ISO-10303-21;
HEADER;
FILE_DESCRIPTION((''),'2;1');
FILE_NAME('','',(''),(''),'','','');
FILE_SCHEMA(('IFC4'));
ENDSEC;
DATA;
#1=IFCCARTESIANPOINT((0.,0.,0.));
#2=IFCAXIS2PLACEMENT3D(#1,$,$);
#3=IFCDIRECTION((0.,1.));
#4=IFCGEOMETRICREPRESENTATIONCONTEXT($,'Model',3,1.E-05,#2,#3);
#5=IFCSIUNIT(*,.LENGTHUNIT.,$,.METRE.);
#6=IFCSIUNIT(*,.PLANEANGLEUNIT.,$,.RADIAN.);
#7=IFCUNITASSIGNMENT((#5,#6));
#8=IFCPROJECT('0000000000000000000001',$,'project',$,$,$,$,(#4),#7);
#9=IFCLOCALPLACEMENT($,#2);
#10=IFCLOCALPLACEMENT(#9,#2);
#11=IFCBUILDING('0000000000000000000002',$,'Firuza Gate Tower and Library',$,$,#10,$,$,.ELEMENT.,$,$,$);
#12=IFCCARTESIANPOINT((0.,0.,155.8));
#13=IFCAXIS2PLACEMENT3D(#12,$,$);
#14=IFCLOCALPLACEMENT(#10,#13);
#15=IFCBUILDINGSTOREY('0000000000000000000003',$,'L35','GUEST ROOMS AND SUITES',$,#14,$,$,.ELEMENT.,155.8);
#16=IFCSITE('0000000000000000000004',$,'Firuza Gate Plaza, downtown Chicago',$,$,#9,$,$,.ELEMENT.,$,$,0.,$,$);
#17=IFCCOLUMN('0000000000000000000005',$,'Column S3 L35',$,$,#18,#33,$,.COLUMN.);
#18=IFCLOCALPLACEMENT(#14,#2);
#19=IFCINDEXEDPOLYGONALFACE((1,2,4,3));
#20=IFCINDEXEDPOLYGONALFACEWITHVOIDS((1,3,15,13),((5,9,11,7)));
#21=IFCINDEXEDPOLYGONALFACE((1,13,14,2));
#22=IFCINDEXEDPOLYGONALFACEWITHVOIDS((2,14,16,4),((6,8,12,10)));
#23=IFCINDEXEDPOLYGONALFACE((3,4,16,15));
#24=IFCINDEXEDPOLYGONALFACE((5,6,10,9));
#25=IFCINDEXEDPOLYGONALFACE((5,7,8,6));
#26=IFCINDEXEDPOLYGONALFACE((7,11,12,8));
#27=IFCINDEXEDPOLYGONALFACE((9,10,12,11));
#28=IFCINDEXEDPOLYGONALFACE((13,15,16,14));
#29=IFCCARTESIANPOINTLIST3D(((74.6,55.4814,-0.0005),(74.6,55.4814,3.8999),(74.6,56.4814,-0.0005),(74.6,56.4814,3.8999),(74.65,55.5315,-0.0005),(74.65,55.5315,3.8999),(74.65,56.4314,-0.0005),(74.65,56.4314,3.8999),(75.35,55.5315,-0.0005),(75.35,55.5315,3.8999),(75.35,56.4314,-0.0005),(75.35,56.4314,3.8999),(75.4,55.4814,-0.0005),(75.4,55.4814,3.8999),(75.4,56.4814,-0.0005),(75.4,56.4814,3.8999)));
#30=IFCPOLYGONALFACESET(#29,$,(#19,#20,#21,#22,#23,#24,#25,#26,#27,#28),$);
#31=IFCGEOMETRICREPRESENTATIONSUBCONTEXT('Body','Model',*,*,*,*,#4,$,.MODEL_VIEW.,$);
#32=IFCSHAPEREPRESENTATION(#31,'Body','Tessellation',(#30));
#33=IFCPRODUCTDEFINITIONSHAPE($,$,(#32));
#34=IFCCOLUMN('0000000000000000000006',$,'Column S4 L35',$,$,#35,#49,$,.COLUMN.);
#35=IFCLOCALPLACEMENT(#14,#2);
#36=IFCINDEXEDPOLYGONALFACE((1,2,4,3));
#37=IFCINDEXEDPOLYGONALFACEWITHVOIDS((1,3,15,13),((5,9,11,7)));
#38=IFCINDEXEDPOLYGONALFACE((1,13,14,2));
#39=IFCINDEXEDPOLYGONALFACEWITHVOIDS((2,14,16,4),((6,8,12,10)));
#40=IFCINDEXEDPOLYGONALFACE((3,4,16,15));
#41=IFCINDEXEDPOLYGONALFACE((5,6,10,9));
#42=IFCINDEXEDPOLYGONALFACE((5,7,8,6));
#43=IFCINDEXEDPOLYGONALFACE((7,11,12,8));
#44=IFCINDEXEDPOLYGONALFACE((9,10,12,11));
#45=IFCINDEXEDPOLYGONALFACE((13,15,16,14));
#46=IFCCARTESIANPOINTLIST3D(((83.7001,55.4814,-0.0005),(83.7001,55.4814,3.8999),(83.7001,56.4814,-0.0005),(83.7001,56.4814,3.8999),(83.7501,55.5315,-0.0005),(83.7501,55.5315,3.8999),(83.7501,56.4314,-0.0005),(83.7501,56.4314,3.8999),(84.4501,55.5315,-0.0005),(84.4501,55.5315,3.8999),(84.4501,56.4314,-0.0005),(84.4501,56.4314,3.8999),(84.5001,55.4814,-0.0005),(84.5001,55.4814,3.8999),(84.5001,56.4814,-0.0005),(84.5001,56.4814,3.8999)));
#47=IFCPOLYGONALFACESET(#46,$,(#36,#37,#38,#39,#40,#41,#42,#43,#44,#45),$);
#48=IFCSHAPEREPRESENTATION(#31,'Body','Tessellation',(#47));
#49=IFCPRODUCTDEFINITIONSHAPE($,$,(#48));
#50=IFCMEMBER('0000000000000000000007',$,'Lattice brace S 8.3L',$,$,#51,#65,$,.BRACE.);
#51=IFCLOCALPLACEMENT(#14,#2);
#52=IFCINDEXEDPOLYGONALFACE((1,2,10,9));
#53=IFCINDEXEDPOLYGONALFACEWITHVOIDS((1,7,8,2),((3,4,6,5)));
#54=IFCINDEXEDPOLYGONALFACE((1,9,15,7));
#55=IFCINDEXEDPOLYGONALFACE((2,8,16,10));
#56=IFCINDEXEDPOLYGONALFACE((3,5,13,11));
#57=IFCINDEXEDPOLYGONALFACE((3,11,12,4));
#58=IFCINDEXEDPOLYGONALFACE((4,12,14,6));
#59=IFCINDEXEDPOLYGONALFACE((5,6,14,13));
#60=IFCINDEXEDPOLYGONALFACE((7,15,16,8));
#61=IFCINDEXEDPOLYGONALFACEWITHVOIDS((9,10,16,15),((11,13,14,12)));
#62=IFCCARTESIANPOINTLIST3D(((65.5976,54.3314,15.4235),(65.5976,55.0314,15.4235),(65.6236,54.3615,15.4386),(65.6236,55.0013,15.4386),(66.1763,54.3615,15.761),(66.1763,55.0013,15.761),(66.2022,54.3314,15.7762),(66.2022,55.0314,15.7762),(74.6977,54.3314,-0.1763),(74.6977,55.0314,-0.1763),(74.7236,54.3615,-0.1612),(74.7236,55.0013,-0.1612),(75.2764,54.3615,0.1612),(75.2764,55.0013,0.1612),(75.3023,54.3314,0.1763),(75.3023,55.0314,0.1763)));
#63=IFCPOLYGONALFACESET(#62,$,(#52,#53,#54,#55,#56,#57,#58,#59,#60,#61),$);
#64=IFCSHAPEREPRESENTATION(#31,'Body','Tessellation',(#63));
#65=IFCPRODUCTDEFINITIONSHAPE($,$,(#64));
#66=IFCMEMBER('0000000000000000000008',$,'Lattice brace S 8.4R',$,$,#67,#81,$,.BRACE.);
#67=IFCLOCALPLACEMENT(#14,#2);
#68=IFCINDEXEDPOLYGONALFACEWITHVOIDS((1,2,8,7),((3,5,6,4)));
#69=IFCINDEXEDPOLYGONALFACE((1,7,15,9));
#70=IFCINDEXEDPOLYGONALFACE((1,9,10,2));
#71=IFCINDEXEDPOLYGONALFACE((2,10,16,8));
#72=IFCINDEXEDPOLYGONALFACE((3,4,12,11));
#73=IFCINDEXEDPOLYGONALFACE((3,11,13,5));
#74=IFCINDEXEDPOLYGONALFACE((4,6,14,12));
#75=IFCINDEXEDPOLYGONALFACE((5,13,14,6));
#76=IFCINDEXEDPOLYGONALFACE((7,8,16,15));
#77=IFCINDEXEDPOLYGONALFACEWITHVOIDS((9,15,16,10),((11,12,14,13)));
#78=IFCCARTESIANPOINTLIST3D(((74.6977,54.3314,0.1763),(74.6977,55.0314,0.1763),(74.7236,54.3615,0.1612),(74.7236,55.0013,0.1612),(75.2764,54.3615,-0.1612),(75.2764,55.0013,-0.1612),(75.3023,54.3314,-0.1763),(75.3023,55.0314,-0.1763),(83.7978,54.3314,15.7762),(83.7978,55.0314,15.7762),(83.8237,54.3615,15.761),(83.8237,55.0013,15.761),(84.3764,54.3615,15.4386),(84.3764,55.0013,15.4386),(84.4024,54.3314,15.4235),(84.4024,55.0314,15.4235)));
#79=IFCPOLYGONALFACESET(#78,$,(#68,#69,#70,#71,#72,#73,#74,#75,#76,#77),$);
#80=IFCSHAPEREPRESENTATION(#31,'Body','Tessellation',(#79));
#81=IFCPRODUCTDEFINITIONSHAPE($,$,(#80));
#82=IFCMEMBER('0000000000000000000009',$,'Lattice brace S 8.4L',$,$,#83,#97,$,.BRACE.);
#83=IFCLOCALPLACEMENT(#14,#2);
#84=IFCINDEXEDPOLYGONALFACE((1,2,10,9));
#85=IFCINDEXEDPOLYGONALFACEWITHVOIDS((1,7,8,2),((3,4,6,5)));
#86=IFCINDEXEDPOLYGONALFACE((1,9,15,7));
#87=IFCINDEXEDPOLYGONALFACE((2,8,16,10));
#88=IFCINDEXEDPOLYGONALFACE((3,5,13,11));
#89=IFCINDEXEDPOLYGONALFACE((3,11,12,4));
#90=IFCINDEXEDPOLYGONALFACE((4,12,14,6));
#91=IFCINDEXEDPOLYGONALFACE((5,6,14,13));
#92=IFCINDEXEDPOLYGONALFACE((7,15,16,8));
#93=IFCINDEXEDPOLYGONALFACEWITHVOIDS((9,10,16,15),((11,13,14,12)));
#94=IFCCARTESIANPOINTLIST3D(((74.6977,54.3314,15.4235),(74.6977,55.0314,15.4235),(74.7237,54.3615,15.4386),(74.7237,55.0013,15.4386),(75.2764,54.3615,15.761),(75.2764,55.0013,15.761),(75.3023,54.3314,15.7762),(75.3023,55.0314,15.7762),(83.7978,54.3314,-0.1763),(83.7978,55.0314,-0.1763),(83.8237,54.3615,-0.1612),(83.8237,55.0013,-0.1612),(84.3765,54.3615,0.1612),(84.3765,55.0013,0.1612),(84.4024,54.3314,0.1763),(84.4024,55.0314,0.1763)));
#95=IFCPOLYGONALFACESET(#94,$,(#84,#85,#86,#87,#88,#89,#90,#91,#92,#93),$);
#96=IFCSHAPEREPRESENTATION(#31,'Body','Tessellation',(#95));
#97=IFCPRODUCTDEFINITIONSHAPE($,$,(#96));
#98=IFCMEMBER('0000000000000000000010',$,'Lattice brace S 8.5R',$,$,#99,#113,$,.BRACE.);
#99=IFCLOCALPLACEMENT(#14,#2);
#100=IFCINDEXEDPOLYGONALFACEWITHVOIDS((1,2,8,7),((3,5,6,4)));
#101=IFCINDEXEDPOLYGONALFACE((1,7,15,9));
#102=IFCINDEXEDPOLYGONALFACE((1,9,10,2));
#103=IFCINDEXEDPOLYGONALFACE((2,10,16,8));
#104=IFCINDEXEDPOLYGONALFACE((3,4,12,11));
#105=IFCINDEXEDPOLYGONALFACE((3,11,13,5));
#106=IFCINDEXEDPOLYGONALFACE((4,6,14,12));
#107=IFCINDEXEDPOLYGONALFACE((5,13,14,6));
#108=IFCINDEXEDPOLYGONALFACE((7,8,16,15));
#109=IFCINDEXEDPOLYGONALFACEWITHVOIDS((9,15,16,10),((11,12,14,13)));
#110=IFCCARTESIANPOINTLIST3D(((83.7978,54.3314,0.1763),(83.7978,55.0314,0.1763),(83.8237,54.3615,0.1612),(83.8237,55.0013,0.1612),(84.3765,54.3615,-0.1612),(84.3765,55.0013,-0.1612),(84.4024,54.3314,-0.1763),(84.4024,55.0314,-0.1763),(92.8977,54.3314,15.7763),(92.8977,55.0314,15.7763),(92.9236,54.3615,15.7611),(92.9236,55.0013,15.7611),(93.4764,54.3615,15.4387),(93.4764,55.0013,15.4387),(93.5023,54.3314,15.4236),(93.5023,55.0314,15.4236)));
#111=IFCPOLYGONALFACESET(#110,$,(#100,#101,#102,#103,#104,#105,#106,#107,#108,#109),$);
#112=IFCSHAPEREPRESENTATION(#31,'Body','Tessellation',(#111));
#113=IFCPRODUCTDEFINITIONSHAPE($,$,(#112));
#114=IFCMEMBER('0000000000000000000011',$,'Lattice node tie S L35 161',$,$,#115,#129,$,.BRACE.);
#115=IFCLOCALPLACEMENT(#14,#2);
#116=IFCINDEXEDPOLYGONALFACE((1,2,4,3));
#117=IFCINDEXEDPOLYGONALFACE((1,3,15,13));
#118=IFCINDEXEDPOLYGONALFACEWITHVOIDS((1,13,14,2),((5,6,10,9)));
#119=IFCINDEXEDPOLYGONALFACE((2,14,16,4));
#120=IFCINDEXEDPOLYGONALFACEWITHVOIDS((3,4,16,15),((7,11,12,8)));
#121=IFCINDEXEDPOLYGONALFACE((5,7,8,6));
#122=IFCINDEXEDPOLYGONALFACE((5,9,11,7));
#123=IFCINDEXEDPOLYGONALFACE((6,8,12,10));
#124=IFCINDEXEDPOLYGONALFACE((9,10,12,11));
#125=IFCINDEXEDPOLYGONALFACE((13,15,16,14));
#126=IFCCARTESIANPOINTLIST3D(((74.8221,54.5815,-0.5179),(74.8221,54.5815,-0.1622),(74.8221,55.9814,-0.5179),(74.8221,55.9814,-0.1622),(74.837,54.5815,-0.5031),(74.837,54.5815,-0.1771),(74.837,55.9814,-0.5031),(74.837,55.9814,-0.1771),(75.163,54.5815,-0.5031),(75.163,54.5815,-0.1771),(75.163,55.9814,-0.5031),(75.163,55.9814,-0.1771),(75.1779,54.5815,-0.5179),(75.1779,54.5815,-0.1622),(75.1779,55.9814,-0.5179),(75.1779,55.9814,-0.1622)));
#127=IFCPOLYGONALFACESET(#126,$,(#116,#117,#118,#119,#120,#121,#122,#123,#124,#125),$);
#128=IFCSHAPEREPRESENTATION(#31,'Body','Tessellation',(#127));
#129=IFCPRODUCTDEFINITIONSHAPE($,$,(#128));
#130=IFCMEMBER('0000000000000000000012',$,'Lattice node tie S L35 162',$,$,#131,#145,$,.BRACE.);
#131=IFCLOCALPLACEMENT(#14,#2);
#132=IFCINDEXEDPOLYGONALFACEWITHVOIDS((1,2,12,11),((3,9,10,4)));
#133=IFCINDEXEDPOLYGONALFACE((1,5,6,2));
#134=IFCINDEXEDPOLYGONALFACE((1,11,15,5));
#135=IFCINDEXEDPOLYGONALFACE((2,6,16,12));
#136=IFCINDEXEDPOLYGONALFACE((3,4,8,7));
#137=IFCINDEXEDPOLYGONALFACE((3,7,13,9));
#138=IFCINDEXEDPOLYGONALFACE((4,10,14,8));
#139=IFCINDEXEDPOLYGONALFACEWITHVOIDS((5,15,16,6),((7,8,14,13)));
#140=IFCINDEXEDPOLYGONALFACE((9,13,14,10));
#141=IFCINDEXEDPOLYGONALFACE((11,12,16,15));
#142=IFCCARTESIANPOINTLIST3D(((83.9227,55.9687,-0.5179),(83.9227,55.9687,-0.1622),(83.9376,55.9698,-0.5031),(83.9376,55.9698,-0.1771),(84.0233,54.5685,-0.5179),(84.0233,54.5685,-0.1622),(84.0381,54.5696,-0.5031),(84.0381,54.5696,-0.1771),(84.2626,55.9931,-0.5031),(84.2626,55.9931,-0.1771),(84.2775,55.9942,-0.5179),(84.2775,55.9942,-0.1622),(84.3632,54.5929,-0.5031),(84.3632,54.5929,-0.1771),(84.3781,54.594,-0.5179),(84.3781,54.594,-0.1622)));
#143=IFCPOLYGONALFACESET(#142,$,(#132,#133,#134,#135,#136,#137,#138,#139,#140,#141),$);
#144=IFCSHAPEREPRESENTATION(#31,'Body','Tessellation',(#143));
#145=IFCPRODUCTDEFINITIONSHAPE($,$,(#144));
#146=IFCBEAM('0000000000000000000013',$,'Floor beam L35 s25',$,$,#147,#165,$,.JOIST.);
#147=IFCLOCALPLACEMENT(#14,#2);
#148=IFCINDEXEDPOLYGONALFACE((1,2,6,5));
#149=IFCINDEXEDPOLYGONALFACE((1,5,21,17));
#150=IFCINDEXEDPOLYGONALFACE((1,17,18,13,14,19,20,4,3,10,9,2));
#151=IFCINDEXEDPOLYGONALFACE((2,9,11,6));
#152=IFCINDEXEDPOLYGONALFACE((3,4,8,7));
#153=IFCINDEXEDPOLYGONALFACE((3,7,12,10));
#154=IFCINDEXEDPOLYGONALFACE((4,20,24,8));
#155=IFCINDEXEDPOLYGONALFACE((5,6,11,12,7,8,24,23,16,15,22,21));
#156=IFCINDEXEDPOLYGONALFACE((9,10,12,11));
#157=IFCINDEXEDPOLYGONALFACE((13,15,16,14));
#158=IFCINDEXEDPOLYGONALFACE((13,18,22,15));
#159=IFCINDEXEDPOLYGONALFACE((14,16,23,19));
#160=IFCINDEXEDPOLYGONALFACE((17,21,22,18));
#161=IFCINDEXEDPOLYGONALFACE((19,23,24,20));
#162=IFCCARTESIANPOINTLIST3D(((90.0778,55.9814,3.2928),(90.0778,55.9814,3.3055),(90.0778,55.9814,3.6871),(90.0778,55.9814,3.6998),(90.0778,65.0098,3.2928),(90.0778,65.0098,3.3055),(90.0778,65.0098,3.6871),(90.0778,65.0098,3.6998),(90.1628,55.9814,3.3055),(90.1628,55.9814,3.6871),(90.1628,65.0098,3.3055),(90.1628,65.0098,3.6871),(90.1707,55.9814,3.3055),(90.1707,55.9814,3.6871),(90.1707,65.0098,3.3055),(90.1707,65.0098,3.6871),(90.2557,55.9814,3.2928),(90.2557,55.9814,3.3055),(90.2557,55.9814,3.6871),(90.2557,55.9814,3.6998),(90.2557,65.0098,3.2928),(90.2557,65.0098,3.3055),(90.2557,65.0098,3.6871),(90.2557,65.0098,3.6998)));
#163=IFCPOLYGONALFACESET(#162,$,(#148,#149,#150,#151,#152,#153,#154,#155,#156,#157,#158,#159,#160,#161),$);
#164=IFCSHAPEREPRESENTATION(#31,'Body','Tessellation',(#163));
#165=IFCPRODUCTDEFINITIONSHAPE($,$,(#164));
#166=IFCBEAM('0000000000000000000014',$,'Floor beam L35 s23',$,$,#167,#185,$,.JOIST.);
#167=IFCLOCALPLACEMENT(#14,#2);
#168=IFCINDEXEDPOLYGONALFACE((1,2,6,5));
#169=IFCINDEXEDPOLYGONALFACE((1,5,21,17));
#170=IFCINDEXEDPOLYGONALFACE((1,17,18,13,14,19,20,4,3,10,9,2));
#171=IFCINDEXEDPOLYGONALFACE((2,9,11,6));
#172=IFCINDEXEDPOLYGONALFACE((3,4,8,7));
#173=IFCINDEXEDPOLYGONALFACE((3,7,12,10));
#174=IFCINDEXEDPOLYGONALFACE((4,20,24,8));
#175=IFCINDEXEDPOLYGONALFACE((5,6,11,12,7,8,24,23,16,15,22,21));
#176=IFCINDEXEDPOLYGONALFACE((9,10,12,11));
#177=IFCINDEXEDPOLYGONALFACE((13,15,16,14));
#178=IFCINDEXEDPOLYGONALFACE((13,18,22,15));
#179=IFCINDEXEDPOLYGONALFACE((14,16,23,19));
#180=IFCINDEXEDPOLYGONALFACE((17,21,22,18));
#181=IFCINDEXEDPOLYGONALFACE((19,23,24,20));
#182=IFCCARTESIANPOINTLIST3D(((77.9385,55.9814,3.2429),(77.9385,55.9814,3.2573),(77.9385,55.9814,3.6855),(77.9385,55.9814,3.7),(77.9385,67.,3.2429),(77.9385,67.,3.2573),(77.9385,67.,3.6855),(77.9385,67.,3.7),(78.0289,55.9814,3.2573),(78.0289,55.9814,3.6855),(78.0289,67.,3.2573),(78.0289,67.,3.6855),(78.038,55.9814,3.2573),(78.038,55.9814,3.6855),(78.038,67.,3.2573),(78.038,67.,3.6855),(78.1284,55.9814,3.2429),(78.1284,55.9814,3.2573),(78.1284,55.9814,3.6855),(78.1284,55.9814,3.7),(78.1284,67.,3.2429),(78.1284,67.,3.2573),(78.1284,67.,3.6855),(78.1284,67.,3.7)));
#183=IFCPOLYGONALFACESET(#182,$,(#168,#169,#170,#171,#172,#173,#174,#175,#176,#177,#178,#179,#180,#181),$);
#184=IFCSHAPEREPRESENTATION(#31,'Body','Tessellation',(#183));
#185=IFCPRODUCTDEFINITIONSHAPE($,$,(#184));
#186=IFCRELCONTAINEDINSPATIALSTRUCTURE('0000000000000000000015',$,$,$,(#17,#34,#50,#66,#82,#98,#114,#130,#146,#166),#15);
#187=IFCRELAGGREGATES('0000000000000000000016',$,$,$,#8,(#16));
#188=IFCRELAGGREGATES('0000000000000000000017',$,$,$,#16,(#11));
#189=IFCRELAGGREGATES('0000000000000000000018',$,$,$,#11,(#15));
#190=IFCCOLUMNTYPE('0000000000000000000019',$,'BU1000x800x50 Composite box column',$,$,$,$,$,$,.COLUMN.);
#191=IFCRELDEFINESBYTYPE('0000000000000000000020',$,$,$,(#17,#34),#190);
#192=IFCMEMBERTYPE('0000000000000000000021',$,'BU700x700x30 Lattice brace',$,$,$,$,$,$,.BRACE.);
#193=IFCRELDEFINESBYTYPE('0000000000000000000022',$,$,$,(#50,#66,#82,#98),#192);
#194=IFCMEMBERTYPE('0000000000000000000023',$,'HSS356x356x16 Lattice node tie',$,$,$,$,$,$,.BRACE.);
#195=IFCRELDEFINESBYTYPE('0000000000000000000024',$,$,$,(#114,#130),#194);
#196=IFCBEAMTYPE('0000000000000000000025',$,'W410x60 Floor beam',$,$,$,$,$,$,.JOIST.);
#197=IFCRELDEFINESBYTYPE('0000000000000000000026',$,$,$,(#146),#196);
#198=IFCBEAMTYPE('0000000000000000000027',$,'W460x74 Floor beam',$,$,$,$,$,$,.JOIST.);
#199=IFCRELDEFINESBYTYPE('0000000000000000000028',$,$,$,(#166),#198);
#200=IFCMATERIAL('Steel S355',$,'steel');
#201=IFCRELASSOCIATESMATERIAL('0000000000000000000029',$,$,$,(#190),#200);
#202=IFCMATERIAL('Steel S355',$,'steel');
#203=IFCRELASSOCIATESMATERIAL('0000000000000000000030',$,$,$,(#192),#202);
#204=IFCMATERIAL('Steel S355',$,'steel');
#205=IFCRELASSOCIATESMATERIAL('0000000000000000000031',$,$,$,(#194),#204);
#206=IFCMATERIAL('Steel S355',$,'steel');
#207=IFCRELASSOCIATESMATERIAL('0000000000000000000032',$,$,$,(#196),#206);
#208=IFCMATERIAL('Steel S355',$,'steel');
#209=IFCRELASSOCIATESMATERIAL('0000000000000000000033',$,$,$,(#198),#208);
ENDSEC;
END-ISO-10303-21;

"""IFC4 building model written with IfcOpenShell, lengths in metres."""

from ifc_helpers import new_model, si_unit, direction, frame, origin, origin_2d, place, context, subcontext, project, spatial, hollow_rectangle, i_section, extrude, material, material_profile, profile_set, type_object, element, save


model = new_model("IFC4")

# Units and contexts
model_context = context("Model", 3, precision=1e-05, world=origin(), true_north=direction((0.0, 1.0)))
body_context = subcontext(model_context, "Body", "Model", "MODEL_VIEW")
ifc_project = project(units=[si_unit("LENGTHUNIT", "METRE"), si_unit("PLANEANGLEUNIT", "RADIAN")], contexts=[model_context])

# Site, building, storey
site_placement = place(None, origin())
site = spatial("IfcSite", under=ifc_project, at=site_placement, Name="Firuza Gate Plaza, downtown Chicago", CompositionType="ELEMENT", RefElevation=0.0)
building_placement = place(site_placement, origin())
building = spatial("IfcBuilding", under=site, at=building_placement, Name="Firuza Gate Tower and Library", CompositionType="ELEMENT")
storey_placement = place(building_placement, frame((0.0, 0.0, 155.8)))
storey = spatial("IfcBuildingStorey", under=building, at=storey_placement, Name="L35", Description="GUEST ROOMS AND SUITES", CompositionType="ELEMENT", Elevation=155.8)

# Columns
ifc_material_1 = material(Name="Steel S355", Category="steel")
ifc_material_profile_1 = material_profile(ifc_material_1, hollow_rectangle(XDim=0.8, YDim=1.0, WallThickness=0.05, at=origin_2d()))
ifc_profile_set_1 = profile_set([ifc_material_profile_1], Name="Steel S355")
column_type = type_object("IfcColumnType", Name="BU1000x800x50 Composite box column", PredefinedType="COLUMN", material=ifc_profile_set_1)
for number, where, z_axis, x_axis, name in (
    (1, (75.0, 55.9814, -0.0005), (0.0, 0.0, 1.0), (1.0, 0.0, 0.0), "Column S3 L35"),
    (2, (84.1001, 55.9814, -0.0005), (0.0, 0.0, 1.0), (1.0, 0.0, 0.0), "Column S4 L35"),
):
    element("IfcColumn", number, at=place(storey_placement, frame(where, z_axis=z_axis, x_axis=x_axis)), inside=storey, type_object=column_type, Name=name, PredefinedType="COLUMN", context=body_context, shape_type="SweptSolid", body=[
        extrude(hollow_rectangle(XDim=0.8, YDim=1.0, WallThickness=0.05, at=origin_2d()), origin(), (0.0, 0.0, 1.0), 3.9004),
    ])

# Members
ifc_material_2 = material(Name="Steel S355", Category="steel")
ifc_material_profile_2 = material_profile(ifc_material_2, hollow_rectangle(XDim=0.7, YDim=0.7, WallThickness=0.03, at=origin_2d()))
ifc_profile_set_2 = profile_set([ifc_material_profile_2], Name="Steel S355")
member_type_1 = type_object("IfcMemberType", Name="BU700x700x30 Lattice brace", PredefinedType="BRACE", material=ifc_profile_set_2)
for number, where, z_axis, x_axis, name in (
    (3, (75.0, 54.6814, 0.0), (-0.503879, 0.0, 0.863774), (0.0, -1.0, 0.0), "Lattice brace S 8.3L"),
    (4, (75.0, 54.6814, 0.0), (0.503879, 0.0, 0.863774), (0.0, 1.0, 0.0), "Lattice brace S 8.4R"),
    (5, (84.1001, 54.6814, 0.0), (-0.503879, 0.0, 0.863774), (0.0, -1.0, 0.0), "Lattice brace S 8.4L"),
    (6, (84.1001, 54.6814, 0.0), (0.503869, 0.0, 0.86378), (0.0, 1.0, 0.0), "Lattice brace S 8.5R"),
):
    element("IfcMember", number, at=place(storey_placement, frame(where, z_axis=z_axis, x_axis=x_axis)), inside=storey, type_object=member_type_1, Name=name, PredefinedType="BRACE", context=body_context, shape_type="SweptSolid", body=[
        extrude(hollow_rectangle(XDim=0.7, YDim=0.7, WallThickness=0.03, at=origin_2d()), origin(), (0.0, 0.0, 1.0), 18.0601),
    ])
ifc_material_3 = material(Name="Steel S355", Category="steel")
ifc_material_profile_3 = material_profile(ifc_material_3, hollow_rectangle(XDim=0.3557, YDim=0.3557, WallThickness=0.0149, at=origin_2d()))
ifc_profile_set_3 = profile_set([ifc_material_profile_3], Name="Steel S355")
member_type_2 = type_object("IfcMemberType", Name="HSS356x356x16 Lattice node tie", PredefinedType="BRACE", material=ifc_profile_set_3)
member_1_placement = place(storey_placement, frame((75.0, 55.9814, -0.3401), z_axis=(0.0, -1.0, 0.0), x_axis=(1.0, 0.0, 0.0)))
element("IfcMember", 7, at=member_1_placement, inside=storey, type_object=member_type_2, Name="Lattice node tie S L35 161", PredefinedType="BRACE", context=body_context, shape_type="SweptSolid", body=[
    extrude(hollow_rectangle(XDim=0.3557, YDim=0.3557, WallThickness=0.0149, at=origin_2d()), origin(), (0.0, 0.0, 1.0), 1.3999),
])
member_2_placement = place(storey_placement, frame((84.1001, 55.9814, -0.3401), z_axis=(0.071655, -0.997429, 0.0), x_axis=(0.997429, 0.071655, 0.0)))
element("IfcMember", 8, at=member_2_placement, inside=storey, type_object=member_type_2, Name="Lattice node tie S L35 162", PredefinedType="BRACE", context=body_context, shape_type="SweptSolid", body=[
    extrude(hollow_rectangle(XDim=0.3557, YDim=0.3557, WallThickness=0.0149, at=origin_2d()), origin(), (0.0, 0.0, 1.0), 1.4038),
])

# Beams
ifc_material_4 = material(Name="Steel S355", Category="steel")
ifc_material_profile_4 = material_profile(ifc_material_4, i_section(OverallWidth=0.178, OverallDepth=0.407, WebThickness=0.0078, FlangeThickness=0.0127, at=origin_2d()))
ifc_profile_set_4 = profile_set([ifc_material_profile_4], Name="Steel S355")
beam_type_1 = type_object("IfcBeamType", Name="W410x60 Floor beam", PredefinedType="JOIST", material=ifc_profile_set_4)
beam_1_placement = place(storey_placement, frame((90.1667, 55.9814, 3.4963), z_axis=(0.0, 1.0, 0.0), x_axis=(-1.0, 0.0, 0.0)))
element("IfcBeam", 9, at=beam_1_placement, inside=storey, type_object=beam_type_1, Name="Floor beam L35 s25", PredefinedType="JOIST", context=body_context, shape_type="SweptSolid", body=[
    extrude(i_section(OverallWidth=0.178, OverallDepth=0.407, WebThickness=0.0078, FlangeThickness=0.0127, at=origin_2d()), origin(), (0.0, 0.0, 1.0), 9.0283),
])
ifc_material_5 = material(Name="Steel S355", Category="steel")
ifc_material_profile_5 = material_profile(ifc_material_5, i_section(OverallWidth=0.1899, OverallDepth=0.457, WebThickness=0.009, FlangeThickness=0.0144, at=origin_2d()))
ifc_profile_set_5 = profile_set([ifc_material_profile_5], Name="Steel S355")
beam_type_2 = type_object("IfcBeamType", Name="W460x74 Floor beam", PredefinedType="JOIST", material=ifc_profile_set_5)
for number, where, z_axis, x_axis, name in (
    (10, (78.0334, 55.9814, 3.4714), (0.0, 1.0, 0.0), (-1.0, 0.0, 0.0), "Floor beam L35 s23"),
):
    element("IfcBeam", number, at=place(storey_placement, frame(where, z_axis=z_axis, x_axis=x_axis)), inside=storey, type_object=beam_type_2, Name=name, PredefinedType="JOIST", context=body_context, shape_type="SweptSolid", body=[
        extrude(i_section(OverallWidth=0.1899, OverallDepth=0.457, WebThickness=0.009, FlangeThickness=0.0144, at=origin_2d()), origin(), (0.0, 0.0, 1.0), 11.0186),
    ])

save(model, "model.ifc")
